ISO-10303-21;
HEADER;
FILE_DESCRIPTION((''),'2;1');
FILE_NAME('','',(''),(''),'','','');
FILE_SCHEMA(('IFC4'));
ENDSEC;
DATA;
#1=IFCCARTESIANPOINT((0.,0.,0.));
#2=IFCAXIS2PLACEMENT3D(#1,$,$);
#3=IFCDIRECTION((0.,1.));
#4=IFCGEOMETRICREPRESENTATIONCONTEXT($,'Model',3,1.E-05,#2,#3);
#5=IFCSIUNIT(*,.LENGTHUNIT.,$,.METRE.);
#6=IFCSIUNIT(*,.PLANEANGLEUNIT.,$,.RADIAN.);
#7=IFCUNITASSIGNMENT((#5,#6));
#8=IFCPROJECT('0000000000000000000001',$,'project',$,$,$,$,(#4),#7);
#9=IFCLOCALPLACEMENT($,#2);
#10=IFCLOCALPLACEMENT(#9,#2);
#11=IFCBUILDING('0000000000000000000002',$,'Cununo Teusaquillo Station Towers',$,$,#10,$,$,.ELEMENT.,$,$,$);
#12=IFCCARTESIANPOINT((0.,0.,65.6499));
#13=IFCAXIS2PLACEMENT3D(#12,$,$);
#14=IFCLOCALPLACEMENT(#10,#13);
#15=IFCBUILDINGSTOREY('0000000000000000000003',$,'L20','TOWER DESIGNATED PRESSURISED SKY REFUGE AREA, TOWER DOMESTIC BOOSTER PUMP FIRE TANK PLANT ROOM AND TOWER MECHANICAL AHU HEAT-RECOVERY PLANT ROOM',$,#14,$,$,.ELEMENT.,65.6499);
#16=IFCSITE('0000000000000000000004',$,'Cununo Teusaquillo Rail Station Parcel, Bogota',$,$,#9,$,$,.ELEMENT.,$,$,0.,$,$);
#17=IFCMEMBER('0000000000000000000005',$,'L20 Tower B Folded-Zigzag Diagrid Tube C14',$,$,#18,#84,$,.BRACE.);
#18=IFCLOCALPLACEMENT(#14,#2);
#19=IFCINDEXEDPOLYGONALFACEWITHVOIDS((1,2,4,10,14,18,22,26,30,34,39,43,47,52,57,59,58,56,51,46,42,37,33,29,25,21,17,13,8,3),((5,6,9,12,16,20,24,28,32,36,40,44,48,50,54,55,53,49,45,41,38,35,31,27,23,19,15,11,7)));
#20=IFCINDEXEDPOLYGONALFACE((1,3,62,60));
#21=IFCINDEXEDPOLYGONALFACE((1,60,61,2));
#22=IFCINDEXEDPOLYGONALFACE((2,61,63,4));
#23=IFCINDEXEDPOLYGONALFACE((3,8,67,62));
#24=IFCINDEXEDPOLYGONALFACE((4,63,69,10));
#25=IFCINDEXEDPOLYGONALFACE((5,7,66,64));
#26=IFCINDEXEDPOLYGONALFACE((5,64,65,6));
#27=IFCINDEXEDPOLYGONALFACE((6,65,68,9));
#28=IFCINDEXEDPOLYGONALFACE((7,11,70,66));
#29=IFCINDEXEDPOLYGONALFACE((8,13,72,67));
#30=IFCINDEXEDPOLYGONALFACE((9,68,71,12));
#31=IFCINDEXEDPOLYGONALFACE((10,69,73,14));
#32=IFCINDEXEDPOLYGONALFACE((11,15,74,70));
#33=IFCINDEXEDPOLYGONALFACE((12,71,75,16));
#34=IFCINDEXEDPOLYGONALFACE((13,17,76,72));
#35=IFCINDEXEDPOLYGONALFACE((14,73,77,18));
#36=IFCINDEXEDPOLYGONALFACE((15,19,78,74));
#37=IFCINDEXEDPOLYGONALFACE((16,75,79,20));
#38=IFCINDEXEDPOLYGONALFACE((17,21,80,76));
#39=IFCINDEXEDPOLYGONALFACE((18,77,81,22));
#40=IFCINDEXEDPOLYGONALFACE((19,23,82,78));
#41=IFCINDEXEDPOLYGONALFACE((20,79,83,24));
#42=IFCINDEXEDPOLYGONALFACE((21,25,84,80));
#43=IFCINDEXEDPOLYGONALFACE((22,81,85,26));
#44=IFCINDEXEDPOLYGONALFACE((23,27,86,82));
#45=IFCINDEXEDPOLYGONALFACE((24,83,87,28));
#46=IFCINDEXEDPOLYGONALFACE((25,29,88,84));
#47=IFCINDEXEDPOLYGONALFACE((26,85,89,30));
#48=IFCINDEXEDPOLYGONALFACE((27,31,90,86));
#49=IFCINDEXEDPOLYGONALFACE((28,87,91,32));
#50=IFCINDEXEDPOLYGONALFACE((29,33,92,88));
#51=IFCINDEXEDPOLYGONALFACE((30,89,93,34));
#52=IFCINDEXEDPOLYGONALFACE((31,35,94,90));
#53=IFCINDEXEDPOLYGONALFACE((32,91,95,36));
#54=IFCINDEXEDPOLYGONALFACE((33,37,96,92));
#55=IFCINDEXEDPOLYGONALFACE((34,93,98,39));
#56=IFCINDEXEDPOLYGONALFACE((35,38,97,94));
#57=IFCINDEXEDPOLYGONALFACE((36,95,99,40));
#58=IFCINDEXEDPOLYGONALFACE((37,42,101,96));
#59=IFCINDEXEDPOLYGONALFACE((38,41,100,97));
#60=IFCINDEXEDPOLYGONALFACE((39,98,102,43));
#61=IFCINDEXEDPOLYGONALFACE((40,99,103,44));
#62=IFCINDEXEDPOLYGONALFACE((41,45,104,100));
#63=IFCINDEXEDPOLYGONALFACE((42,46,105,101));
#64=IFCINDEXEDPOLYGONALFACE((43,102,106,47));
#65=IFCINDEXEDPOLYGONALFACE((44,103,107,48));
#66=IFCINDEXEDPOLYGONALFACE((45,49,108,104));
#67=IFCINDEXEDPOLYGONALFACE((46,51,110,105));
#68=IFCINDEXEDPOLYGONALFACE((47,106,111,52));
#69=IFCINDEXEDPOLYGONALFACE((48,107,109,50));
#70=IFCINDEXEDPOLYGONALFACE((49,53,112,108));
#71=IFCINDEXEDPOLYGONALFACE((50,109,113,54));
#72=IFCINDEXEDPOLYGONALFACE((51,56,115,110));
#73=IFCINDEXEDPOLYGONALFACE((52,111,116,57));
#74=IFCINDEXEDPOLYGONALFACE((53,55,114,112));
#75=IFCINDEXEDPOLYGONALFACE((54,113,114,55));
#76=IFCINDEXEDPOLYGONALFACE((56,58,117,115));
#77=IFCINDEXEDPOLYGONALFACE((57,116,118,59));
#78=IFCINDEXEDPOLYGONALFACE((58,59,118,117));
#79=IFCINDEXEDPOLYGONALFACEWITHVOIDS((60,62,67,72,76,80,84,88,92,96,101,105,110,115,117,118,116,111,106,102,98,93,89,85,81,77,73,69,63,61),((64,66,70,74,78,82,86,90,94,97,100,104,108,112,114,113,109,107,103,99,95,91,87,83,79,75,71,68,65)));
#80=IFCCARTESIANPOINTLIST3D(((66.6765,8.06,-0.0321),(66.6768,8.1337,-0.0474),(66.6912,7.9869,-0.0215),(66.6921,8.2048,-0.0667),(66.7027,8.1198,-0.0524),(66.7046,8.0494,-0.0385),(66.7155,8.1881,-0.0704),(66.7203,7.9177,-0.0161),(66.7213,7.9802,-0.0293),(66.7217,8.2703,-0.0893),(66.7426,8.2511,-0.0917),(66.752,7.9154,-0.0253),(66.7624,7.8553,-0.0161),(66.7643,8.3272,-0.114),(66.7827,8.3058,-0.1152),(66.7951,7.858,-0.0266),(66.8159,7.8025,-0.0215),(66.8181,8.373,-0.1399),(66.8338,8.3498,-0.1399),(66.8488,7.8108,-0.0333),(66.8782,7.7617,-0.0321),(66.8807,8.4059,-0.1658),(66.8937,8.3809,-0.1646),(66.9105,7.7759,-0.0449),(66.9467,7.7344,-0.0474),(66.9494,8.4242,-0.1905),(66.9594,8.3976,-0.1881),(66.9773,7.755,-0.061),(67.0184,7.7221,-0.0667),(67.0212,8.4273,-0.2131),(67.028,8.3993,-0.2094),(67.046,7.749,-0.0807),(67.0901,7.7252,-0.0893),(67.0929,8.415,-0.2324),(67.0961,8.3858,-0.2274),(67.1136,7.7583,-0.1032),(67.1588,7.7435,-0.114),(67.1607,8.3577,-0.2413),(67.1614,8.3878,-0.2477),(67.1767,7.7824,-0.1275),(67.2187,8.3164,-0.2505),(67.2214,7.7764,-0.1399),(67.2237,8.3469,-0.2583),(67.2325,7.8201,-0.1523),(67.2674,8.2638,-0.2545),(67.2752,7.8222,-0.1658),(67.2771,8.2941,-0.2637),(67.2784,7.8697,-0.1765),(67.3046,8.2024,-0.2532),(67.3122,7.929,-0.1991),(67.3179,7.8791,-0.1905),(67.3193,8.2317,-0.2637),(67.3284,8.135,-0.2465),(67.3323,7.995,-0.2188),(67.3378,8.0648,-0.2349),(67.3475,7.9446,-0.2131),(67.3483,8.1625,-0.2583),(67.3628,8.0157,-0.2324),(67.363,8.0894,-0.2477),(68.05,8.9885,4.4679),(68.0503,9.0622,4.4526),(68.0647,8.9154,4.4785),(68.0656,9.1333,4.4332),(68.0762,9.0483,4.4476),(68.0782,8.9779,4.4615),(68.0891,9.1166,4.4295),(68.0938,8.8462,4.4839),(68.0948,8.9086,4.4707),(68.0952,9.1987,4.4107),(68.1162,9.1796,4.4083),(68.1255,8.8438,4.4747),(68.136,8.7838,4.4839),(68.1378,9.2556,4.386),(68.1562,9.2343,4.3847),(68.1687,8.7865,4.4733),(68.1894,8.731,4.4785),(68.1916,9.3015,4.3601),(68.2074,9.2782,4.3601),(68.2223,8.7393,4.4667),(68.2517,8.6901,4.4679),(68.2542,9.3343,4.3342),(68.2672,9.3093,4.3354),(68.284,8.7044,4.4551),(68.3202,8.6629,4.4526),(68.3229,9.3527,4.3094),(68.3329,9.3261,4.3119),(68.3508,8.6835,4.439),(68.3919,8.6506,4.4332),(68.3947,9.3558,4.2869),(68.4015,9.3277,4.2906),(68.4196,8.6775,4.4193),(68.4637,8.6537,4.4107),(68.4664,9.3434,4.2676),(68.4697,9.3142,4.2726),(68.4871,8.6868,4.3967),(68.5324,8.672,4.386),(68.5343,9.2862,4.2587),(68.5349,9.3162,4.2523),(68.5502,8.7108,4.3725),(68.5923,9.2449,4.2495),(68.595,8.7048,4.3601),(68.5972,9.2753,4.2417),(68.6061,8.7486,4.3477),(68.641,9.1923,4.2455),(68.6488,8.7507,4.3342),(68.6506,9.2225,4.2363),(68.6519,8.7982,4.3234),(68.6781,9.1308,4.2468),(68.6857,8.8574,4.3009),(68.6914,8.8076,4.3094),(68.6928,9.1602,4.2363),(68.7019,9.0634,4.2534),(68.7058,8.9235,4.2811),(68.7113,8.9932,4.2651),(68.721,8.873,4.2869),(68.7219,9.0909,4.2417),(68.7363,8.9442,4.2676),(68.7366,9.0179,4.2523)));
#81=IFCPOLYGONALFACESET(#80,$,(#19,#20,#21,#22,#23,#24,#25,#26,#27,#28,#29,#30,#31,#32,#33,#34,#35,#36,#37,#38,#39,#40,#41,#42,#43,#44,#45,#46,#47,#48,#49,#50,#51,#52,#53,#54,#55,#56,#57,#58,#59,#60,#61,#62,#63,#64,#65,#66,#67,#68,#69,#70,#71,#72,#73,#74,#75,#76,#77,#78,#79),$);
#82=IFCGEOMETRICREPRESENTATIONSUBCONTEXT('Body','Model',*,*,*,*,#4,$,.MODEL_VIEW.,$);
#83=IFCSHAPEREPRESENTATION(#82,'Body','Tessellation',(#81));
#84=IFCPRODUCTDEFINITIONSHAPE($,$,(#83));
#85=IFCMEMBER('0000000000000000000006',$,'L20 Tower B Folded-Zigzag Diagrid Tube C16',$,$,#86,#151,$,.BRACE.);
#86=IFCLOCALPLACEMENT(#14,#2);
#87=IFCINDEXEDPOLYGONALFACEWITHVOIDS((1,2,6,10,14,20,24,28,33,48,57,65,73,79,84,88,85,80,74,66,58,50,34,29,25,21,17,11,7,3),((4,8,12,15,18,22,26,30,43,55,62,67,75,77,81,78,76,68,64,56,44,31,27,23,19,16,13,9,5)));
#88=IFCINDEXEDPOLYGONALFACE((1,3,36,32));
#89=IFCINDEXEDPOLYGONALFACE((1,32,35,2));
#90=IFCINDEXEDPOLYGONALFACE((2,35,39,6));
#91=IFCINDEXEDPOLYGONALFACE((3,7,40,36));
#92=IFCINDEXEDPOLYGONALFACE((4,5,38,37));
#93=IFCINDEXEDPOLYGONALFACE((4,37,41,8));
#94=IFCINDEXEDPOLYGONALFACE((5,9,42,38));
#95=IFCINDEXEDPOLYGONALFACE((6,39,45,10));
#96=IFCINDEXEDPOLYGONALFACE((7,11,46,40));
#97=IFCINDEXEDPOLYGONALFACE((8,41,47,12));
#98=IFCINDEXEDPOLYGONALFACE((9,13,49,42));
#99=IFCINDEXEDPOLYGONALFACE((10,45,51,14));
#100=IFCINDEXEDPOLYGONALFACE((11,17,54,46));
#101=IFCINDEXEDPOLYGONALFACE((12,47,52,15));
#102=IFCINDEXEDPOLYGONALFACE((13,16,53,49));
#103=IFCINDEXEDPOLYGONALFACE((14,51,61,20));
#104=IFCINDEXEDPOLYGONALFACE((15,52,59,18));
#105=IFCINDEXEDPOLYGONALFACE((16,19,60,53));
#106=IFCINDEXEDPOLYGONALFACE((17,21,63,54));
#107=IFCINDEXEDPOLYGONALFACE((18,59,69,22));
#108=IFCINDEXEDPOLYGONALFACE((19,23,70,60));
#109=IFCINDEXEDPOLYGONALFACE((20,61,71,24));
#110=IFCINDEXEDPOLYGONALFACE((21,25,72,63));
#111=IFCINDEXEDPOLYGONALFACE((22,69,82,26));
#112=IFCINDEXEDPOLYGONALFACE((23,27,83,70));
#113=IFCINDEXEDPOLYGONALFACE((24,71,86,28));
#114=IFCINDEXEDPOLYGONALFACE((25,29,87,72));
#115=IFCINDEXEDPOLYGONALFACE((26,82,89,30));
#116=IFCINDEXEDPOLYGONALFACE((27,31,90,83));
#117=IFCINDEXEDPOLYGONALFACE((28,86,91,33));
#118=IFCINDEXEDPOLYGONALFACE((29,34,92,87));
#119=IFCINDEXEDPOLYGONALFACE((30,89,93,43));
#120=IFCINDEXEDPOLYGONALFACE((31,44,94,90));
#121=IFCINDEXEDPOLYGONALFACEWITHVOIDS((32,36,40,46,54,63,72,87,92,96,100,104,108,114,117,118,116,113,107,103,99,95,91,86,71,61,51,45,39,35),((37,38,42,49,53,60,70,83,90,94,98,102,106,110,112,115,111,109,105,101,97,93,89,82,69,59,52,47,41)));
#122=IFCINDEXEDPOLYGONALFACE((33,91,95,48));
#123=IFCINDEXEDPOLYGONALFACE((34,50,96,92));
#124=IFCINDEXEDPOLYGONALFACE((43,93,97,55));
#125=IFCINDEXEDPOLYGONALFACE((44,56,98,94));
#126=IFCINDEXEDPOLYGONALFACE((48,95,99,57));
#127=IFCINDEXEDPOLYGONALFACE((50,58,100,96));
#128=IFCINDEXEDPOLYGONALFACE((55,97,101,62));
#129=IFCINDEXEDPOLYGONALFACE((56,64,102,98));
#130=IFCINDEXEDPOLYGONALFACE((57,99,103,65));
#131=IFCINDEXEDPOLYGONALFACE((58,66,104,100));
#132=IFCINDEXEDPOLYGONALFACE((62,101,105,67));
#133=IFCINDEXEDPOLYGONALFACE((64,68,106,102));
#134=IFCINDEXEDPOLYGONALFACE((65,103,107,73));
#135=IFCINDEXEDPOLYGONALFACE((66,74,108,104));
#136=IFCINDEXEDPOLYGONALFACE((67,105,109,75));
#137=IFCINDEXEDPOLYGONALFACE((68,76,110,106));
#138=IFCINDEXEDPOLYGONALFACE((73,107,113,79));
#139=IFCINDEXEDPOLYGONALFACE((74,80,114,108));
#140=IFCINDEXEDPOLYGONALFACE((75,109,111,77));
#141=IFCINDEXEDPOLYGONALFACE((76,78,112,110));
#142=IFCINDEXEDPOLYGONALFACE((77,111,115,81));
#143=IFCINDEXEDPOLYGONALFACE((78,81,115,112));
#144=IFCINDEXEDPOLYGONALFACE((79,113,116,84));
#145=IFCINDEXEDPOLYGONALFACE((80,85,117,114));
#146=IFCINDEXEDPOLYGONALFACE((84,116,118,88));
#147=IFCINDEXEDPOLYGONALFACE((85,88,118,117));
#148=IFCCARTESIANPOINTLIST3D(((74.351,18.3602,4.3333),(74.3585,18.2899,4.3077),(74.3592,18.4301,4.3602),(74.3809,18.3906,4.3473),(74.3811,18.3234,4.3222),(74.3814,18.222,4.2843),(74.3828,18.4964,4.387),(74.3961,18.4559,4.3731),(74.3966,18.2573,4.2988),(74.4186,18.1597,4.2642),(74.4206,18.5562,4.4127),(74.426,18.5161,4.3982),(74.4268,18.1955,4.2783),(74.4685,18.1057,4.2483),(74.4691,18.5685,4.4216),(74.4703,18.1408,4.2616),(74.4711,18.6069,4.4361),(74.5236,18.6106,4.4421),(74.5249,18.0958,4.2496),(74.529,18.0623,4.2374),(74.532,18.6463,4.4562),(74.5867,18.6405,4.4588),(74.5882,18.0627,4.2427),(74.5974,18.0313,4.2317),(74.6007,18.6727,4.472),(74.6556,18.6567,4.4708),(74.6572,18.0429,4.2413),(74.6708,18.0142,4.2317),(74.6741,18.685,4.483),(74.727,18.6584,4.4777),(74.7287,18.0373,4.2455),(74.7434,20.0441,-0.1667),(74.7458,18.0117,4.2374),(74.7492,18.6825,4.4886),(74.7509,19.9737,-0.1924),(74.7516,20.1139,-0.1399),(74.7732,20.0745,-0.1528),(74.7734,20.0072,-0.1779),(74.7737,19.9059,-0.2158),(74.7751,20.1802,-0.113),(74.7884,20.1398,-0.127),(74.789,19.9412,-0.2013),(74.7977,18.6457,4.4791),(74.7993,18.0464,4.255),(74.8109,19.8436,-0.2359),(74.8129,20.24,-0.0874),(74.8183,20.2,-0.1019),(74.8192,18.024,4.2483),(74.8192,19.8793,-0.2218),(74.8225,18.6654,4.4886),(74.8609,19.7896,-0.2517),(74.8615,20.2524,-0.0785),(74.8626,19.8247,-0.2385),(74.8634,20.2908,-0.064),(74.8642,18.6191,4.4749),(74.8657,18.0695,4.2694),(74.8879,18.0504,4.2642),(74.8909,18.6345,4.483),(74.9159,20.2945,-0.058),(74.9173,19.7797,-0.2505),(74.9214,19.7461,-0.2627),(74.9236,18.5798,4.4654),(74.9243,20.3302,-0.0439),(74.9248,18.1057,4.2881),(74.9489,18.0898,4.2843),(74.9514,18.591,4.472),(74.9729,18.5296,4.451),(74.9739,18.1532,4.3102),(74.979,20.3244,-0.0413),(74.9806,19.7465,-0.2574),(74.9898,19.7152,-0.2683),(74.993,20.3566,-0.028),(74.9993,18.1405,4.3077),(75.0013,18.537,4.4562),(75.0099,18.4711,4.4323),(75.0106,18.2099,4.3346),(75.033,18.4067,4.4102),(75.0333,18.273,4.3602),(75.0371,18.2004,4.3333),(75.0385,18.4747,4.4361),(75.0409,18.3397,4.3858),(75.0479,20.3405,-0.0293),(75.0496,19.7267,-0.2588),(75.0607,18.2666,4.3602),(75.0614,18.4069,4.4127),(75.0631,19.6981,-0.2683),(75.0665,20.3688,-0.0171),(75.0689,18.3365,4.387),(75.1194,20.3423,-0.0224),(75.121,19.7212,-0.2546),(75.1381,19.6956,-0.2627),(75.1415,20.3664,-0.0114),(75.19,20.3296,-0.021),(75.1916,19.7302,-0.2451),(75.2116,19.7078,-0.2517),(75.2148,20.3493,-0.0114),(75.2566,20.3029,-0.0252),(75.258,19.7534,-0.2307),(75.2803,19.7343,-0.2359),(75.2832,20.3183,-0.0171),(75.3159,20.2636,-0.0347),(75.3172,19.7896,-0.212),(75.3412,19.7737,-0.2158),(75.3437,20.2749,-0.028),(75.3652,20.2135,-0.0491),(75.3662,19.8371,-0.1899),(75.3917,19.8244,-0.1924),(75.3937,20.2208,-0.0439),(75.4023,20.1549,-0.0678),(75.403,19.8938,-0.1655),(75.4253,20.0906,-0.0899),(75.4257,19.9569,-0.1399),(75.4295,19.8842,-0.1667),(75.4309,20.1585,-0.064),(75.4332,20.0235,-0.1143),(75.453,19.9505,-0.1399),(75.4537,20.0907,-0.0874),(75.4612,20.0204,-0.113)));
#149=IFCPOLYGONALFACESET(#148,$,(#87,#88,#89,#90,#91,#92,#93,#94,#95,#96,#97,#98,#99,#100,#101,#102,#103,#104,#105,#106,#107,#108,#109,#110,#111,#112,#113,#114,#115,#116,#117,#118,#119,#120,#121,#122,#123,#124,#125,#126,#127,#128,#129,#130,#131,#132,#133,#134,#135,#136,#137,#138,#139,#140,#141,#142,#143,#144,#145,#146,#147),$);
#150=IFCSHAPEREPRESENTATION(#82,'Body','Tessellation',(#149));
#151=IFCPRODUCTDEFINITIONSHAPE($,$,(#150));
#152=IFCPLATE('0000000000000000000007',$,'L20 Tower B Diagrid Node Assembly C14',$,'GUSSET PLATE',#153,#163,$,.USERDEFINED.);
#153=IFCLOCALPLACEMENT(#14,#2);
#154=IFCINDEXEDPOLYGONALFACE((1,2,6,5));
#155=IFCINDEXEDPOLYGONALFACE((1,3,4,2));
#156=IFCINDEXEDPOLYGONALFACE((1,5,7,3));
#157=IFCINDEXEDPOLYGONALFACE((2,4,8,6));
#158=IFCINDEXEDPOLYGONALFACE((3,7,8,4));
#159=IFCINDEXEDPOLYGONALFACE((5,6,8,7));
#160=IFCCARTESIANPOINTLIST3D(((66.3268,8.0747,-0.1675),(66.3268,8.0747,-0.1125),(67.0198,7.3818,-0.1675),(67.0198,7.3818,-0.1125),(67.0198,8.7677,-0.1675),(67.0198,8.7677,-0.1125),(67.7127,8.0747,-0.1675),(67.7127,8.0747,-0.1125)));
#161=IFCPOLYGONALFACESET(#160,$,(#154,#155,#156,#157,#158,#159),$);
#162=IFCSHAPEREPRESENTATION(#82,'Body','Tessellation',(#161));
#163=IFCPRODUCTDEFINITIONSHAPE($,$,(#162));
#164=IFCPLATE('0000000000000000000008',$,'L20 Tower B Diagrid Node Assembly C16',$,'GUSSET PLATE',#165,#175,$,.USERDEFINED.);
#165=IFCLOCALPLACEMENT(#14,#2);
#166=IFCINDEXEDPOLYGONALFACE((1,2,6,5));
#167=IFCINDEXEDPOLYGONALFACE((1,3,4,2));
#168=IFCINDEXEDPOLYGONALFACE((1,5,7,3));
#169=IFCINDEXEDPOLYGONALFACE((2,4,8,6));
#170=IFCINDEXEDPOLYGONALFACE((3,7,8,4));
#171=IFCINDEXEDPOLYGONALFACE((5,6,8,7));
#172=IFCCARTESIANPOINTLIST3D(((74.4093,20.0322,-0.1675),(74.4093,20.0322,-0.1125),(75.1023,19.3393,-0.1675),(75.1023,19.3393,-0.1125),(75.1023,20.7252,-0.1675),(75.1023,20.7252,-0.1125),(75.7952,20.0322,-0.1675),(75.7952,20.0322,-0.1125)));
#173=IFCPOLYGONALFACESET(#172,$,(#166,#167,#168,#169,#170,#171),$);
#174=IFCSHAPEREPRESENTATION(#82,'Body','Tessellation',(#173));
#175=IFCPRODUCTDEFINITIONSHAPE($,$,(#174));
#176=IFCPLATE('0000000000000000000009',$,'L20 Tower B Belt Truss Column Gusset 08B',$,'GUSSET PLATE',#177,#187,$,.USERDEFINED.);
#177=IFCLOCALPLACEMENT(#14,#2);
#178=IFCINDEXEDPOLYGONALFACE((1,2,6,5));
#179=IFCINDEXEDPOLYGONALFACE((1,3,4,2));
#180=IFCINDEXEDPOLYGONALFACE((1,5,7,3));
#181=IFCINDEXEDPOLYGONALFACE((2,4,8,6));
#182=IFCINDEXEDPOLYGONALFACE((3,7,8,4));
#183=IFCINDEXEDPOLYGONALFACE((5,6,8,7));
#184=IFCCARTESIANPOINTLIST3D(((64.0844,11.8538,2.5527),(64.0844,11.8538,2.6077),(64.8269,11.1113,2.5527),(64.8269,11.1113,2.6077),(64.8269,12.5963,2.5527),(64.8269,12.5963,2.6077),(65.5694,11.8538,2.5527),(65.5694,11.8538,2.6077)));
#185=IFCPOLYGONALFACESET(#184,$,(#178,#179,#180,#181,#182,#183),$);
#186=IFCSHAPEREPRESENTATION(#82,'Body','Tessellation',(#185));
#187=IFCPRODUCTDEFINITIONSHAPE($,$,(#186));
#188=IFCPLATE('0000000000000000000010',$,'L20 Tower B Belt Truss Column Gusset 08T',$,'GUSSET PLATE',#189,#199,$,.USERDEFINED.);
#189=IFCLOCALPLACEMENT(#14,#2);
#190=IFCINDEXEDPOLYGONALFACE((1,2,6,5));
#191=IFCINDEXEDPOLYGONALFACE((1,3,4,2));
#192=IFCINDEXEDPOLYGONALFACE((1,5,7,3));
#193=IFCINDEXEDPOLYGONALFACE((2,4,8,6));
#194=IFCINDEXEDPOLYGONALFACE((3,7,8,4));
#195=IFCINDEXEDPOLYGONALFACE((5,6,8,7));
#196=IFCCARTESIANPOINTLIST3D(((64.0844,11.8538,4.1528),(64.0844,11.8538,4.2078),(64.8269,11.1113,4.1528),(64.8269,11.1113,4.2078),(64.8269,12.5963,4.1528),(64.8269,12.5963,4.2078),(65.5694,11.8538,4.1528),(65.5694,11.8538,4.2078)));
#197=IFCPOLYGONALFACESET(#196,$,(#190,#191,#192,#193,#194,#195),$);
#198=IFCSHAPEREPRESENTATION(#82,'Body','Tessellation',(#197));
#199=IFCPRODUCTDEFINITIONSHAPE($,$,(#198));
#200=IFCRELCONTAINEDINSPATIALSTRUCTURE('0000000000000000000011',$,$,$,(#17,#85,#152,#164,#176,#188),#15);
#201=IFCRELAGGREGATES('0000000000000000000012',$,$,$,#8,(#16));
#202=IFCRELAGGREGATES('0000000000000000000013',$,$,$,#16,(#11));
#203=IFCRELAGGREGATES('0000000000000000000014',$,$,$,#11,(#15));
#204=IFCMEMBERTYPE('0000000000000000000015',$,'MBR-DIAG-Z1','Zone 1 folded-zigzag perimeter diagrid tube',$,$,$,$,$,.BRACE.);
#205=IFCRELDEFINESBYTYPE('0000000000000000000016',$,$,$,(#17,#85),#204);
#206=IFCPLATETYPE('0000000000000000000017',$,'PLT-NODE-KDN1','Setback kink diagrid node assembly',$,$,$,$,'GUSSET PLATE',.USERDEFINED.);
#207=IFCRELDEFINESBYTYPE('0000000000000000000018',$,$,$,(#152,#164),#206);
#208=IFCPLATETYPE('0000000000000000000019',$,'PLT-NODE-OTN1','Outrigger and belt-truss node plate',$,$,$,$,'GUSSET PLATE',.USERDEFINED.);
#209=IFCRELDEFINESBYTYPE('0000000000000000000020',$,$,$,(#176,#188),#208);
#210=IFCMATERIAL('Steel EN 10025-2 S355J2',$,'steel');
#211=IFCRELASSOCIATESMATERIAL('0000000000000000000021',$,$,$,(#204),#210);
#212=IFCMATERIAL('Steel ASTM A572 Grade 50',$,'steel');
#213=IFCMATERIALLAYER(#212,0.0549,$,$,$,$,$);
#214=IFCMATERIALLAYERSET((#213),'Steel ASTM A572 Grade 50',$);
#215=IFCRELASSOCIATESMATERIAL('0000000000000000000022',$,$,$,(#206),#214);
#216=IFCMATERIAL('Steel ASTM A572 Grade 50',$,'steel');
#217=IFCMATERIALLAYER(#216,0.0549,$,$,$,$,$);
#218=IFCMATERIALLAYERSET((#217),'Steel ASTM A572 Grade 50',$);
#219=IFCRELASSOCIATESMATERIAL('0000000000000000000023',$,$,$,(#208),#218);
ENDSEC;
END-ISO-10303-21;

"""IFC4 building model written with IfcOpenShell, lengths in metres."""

from ifc_helpers import new_model, si_unit, direction, frame, origin, origin_2d, place, context, subcontext, project, spatial, rectangle, hollow_circle, extrude, source, transform, mapped, material, layer, layer_set, material_profile, profile_set, type_object, element, save


model = new_model("IFC4")

# Units and contexts
model_context = context("Model", 3, precision=1e-05, world=origin(), true_north=direction((0.0, 1.0)))
body_context = subcontext(model_context, "Body", "Model", "MODEL_VIEW")
ifc_project = project(units=[si_unit("LENGTHUNIT", "METRE"), si_unit("PLANEANGLEUNIT", "RADIAN")], contexts=[model_context])

# Site, building, storey
site_placement = place(None, origin())
site = spatial("IfcSite", under=ifc_project, at=site_placement, Name="Cununo Teusaquillo Rail Station Parcel, Bogota", CompositionType="ELEMENT", RefElevation=0.0)
building_placement = place(site_placement, origin())
building = spatial("IfcBuilding", under=site, at=building_placement, Name="Cununo Teusaquillo Station Towers", CompositionType="ELEMENT")
storey_placement = place(building_placement, frame((0.0, 0.0, 65.6499)))
storey = spatial("IfcBuildingStorey", under=building, at=storey_placement, Name="L20", Description="TOWER DESIGNATED PRESSURISED SKY REFUGE AREA, TOWER DOMESTIC BOOSTER PUMP FIRE TANK PLANT ROOM AND TOWER MECHANICAL AHU HEAT-RECOVERY PLANT ROOM", CompositionType="ELEMENT", Elevation=65.6499)

# Members
ifc_material_1 = material(Name="Steel EN 10025-2 S355J2", Category="steel")
ifc_material_profile_1 = material_profile(ifc_material_1, hollow_circle(Radius=0.3601, WallThickness=0.0281, at=origin_2d()), Name="CHS 720x28")
ifc_profile_set_1 = profile_set([ifc_material_profile_1], Name="Steel EN 10025-2 S355J2")
member_type_1 = type_object("IfcMemberType", Name="MBR-DIAG-Z1", Description="Zone 1 folded-zigzag perimeter diagrid tube", PredefinedType="BRACE", material=ifc_profile_set_1)
member_1_placement = place(storey_placement, frame((67.0198, 8.0747, -0.1399), z_axis=(0.28641, 0.193604, 0.938342), x_axis=(-0.560024, 0.828476, 0.0)))
element("IfcMember", 1, at=member_1_placement, inside=storey, type_object=member_type_1, Name="L20 Tower B Folded-Zigzag Diagrid Tube C14", PredefinedType="BRACE", context=body_context, shape_type="SweptSolid", body=[
    extrude(hollow_circle(Radius=0.3601, WallThickness=0.0281, at=origin_2d()), origin(), (0.0, 0.0, 1.0), 4.7957),
])
member_2_placement = place(storey_placement, frame((75.1023, 20.0322, -0.1399), z_axis=(-0.081385, -0.349293, 0.933473), x_axis=(0.973913, -0.226922, 0.0)))
element("IfcMember", 2, at=member_2_placement, inside=storey, type_object=member_type_1, Name="L20 Tower B Folded-Zigzag Diagrid Tube C16", PredefinedType="BRACE", context=body_context, shape_type="SweptSolid", body=[
    extrude(hollow_circle(Radius=0.3601, WallThickness=0.0281, at=origin_2d()), origin(), (0.0, 0.0, 1.0), 4.8208),
])

# Plates
ifc_material_2 = material(Name="Steel ASTM A572 Grade 50", Category="steel")
ifc_layer_1 = layer(ifc_material_2, 0.0549)
ifc_layer_set_1 = layer_set([ifc_layer_1], Name="Steel ASTM A572 Grade 50")
plate_type_1 = type_object("IfcPlateType", Name="PLT-NODE-KDN1", Description="Setback kink diagrid node assembly", ElementType="GUSSET PLATE", PredefinedType="USERDEFINED", material=ifc_layer_set_1)
shared_shape_1 = source(origin(), body_context, "Body", "SweptSolid", [
    extrude(rectangle(XDim=0.98, YDim=0.98, at=origin_2d()), origin(), (0.0, 0.0, 1.0), 0.0549),
])
for number, where, z_axis, x_axis, name in (
    (3, (67.0198, 8.0747, -0.1675), (0.0, 0.0, 1.0), (0.707107, 0.707107, 0.0), "L20 Tower B Diagrid Node Assembly C14"),
    (4, (75.1023, 20.0322, -0.1675), (0.0, 0.0, 1.0), (0.707107, 0.707107, 0.0), "L20 Tower B Diagrid Node Assembly C16"),
):
    element("IfcPlate", number, at=place(storey_placement, frame(where, z_axis=z_axis, x_axis=x_axis)), inside=storey, type_object=plate_type_1, Name=name, ObjectType="GUSSET PLATE", PredefinedType="USERDEFINED", context=body_context, shape_type="MappedRepresentation", body=[
        mapped(shared_shape_1, transform((0.0, 0.0, 0.0), x_axis=(1.0, 0.0, 0.0), y_axis=(0.0, 1.0, 0.0), z_axis=(0.0, 0.0, 1.0), scale=1.0)),
    ])
ifc_material_3 = material(Name="Steel ASTM A572 Grade 50", Category="steel")
ifc_layer_2 = layer(ifc_material_3, 0.0549)
ifc_layer_set_2 = layer_set([ifc_layer_2], Name="Steel ASTM A572 Grade 50")
plate_type_2 = type_object("IfcPlateType", Name="PLT-NODE-OTN1", Description="Outrigger and belt-truss node plate", ElementType="GUSSET PLATE", PredefinedType="USERDEFINED", material=ifc_layer_set_2)
shared_shape_2 = source(origin(), body_context, "Body", "SweptSolid", [
    extrude(rectangle(XDim=1.05, YDim=1.05, at=origin_2d()), origin(), (0.0, 0.0, 1.0), 0.0549),
])
for number, where, z_axis, x_axis, name in (
    (5, (64.8269, 11.8538, 2.5527), (0.0, 0.0, 1.0), (0.707107, 0.707107, 0.0), "L20 Tower B Belt Truss Column Gusset 08B"),
    (6, (64.8269, 11.8538, 4.1528), (0.0, 0.0, 1.0), (0.707107, 0.707107, 0.0), "L20 Tower B Belt Truss Column Gusset 08T"),
):
    element("IfcPlate", number, at=place(storey_placement, frame(where, z_axis=z_axis, x_axis=x_axis)), inside=storey, type_object=plate_type_2, Name=name, ObjectType="GUSSET PLATE", PredefinedType="USERDEFINED", context=body_context, shape_type="MappedRepresentation", body=[
        mapped(shared_shape_2, transform((0.0, 0.0, 0.0), x_axis=(1.0, 0.0, 0.0), y_axis=(0.0, 1.0, 0.0), z_axis=(0.0, 0.0, 1.0), scale=1.0)),
    ])

save(model, "model.ifc")
